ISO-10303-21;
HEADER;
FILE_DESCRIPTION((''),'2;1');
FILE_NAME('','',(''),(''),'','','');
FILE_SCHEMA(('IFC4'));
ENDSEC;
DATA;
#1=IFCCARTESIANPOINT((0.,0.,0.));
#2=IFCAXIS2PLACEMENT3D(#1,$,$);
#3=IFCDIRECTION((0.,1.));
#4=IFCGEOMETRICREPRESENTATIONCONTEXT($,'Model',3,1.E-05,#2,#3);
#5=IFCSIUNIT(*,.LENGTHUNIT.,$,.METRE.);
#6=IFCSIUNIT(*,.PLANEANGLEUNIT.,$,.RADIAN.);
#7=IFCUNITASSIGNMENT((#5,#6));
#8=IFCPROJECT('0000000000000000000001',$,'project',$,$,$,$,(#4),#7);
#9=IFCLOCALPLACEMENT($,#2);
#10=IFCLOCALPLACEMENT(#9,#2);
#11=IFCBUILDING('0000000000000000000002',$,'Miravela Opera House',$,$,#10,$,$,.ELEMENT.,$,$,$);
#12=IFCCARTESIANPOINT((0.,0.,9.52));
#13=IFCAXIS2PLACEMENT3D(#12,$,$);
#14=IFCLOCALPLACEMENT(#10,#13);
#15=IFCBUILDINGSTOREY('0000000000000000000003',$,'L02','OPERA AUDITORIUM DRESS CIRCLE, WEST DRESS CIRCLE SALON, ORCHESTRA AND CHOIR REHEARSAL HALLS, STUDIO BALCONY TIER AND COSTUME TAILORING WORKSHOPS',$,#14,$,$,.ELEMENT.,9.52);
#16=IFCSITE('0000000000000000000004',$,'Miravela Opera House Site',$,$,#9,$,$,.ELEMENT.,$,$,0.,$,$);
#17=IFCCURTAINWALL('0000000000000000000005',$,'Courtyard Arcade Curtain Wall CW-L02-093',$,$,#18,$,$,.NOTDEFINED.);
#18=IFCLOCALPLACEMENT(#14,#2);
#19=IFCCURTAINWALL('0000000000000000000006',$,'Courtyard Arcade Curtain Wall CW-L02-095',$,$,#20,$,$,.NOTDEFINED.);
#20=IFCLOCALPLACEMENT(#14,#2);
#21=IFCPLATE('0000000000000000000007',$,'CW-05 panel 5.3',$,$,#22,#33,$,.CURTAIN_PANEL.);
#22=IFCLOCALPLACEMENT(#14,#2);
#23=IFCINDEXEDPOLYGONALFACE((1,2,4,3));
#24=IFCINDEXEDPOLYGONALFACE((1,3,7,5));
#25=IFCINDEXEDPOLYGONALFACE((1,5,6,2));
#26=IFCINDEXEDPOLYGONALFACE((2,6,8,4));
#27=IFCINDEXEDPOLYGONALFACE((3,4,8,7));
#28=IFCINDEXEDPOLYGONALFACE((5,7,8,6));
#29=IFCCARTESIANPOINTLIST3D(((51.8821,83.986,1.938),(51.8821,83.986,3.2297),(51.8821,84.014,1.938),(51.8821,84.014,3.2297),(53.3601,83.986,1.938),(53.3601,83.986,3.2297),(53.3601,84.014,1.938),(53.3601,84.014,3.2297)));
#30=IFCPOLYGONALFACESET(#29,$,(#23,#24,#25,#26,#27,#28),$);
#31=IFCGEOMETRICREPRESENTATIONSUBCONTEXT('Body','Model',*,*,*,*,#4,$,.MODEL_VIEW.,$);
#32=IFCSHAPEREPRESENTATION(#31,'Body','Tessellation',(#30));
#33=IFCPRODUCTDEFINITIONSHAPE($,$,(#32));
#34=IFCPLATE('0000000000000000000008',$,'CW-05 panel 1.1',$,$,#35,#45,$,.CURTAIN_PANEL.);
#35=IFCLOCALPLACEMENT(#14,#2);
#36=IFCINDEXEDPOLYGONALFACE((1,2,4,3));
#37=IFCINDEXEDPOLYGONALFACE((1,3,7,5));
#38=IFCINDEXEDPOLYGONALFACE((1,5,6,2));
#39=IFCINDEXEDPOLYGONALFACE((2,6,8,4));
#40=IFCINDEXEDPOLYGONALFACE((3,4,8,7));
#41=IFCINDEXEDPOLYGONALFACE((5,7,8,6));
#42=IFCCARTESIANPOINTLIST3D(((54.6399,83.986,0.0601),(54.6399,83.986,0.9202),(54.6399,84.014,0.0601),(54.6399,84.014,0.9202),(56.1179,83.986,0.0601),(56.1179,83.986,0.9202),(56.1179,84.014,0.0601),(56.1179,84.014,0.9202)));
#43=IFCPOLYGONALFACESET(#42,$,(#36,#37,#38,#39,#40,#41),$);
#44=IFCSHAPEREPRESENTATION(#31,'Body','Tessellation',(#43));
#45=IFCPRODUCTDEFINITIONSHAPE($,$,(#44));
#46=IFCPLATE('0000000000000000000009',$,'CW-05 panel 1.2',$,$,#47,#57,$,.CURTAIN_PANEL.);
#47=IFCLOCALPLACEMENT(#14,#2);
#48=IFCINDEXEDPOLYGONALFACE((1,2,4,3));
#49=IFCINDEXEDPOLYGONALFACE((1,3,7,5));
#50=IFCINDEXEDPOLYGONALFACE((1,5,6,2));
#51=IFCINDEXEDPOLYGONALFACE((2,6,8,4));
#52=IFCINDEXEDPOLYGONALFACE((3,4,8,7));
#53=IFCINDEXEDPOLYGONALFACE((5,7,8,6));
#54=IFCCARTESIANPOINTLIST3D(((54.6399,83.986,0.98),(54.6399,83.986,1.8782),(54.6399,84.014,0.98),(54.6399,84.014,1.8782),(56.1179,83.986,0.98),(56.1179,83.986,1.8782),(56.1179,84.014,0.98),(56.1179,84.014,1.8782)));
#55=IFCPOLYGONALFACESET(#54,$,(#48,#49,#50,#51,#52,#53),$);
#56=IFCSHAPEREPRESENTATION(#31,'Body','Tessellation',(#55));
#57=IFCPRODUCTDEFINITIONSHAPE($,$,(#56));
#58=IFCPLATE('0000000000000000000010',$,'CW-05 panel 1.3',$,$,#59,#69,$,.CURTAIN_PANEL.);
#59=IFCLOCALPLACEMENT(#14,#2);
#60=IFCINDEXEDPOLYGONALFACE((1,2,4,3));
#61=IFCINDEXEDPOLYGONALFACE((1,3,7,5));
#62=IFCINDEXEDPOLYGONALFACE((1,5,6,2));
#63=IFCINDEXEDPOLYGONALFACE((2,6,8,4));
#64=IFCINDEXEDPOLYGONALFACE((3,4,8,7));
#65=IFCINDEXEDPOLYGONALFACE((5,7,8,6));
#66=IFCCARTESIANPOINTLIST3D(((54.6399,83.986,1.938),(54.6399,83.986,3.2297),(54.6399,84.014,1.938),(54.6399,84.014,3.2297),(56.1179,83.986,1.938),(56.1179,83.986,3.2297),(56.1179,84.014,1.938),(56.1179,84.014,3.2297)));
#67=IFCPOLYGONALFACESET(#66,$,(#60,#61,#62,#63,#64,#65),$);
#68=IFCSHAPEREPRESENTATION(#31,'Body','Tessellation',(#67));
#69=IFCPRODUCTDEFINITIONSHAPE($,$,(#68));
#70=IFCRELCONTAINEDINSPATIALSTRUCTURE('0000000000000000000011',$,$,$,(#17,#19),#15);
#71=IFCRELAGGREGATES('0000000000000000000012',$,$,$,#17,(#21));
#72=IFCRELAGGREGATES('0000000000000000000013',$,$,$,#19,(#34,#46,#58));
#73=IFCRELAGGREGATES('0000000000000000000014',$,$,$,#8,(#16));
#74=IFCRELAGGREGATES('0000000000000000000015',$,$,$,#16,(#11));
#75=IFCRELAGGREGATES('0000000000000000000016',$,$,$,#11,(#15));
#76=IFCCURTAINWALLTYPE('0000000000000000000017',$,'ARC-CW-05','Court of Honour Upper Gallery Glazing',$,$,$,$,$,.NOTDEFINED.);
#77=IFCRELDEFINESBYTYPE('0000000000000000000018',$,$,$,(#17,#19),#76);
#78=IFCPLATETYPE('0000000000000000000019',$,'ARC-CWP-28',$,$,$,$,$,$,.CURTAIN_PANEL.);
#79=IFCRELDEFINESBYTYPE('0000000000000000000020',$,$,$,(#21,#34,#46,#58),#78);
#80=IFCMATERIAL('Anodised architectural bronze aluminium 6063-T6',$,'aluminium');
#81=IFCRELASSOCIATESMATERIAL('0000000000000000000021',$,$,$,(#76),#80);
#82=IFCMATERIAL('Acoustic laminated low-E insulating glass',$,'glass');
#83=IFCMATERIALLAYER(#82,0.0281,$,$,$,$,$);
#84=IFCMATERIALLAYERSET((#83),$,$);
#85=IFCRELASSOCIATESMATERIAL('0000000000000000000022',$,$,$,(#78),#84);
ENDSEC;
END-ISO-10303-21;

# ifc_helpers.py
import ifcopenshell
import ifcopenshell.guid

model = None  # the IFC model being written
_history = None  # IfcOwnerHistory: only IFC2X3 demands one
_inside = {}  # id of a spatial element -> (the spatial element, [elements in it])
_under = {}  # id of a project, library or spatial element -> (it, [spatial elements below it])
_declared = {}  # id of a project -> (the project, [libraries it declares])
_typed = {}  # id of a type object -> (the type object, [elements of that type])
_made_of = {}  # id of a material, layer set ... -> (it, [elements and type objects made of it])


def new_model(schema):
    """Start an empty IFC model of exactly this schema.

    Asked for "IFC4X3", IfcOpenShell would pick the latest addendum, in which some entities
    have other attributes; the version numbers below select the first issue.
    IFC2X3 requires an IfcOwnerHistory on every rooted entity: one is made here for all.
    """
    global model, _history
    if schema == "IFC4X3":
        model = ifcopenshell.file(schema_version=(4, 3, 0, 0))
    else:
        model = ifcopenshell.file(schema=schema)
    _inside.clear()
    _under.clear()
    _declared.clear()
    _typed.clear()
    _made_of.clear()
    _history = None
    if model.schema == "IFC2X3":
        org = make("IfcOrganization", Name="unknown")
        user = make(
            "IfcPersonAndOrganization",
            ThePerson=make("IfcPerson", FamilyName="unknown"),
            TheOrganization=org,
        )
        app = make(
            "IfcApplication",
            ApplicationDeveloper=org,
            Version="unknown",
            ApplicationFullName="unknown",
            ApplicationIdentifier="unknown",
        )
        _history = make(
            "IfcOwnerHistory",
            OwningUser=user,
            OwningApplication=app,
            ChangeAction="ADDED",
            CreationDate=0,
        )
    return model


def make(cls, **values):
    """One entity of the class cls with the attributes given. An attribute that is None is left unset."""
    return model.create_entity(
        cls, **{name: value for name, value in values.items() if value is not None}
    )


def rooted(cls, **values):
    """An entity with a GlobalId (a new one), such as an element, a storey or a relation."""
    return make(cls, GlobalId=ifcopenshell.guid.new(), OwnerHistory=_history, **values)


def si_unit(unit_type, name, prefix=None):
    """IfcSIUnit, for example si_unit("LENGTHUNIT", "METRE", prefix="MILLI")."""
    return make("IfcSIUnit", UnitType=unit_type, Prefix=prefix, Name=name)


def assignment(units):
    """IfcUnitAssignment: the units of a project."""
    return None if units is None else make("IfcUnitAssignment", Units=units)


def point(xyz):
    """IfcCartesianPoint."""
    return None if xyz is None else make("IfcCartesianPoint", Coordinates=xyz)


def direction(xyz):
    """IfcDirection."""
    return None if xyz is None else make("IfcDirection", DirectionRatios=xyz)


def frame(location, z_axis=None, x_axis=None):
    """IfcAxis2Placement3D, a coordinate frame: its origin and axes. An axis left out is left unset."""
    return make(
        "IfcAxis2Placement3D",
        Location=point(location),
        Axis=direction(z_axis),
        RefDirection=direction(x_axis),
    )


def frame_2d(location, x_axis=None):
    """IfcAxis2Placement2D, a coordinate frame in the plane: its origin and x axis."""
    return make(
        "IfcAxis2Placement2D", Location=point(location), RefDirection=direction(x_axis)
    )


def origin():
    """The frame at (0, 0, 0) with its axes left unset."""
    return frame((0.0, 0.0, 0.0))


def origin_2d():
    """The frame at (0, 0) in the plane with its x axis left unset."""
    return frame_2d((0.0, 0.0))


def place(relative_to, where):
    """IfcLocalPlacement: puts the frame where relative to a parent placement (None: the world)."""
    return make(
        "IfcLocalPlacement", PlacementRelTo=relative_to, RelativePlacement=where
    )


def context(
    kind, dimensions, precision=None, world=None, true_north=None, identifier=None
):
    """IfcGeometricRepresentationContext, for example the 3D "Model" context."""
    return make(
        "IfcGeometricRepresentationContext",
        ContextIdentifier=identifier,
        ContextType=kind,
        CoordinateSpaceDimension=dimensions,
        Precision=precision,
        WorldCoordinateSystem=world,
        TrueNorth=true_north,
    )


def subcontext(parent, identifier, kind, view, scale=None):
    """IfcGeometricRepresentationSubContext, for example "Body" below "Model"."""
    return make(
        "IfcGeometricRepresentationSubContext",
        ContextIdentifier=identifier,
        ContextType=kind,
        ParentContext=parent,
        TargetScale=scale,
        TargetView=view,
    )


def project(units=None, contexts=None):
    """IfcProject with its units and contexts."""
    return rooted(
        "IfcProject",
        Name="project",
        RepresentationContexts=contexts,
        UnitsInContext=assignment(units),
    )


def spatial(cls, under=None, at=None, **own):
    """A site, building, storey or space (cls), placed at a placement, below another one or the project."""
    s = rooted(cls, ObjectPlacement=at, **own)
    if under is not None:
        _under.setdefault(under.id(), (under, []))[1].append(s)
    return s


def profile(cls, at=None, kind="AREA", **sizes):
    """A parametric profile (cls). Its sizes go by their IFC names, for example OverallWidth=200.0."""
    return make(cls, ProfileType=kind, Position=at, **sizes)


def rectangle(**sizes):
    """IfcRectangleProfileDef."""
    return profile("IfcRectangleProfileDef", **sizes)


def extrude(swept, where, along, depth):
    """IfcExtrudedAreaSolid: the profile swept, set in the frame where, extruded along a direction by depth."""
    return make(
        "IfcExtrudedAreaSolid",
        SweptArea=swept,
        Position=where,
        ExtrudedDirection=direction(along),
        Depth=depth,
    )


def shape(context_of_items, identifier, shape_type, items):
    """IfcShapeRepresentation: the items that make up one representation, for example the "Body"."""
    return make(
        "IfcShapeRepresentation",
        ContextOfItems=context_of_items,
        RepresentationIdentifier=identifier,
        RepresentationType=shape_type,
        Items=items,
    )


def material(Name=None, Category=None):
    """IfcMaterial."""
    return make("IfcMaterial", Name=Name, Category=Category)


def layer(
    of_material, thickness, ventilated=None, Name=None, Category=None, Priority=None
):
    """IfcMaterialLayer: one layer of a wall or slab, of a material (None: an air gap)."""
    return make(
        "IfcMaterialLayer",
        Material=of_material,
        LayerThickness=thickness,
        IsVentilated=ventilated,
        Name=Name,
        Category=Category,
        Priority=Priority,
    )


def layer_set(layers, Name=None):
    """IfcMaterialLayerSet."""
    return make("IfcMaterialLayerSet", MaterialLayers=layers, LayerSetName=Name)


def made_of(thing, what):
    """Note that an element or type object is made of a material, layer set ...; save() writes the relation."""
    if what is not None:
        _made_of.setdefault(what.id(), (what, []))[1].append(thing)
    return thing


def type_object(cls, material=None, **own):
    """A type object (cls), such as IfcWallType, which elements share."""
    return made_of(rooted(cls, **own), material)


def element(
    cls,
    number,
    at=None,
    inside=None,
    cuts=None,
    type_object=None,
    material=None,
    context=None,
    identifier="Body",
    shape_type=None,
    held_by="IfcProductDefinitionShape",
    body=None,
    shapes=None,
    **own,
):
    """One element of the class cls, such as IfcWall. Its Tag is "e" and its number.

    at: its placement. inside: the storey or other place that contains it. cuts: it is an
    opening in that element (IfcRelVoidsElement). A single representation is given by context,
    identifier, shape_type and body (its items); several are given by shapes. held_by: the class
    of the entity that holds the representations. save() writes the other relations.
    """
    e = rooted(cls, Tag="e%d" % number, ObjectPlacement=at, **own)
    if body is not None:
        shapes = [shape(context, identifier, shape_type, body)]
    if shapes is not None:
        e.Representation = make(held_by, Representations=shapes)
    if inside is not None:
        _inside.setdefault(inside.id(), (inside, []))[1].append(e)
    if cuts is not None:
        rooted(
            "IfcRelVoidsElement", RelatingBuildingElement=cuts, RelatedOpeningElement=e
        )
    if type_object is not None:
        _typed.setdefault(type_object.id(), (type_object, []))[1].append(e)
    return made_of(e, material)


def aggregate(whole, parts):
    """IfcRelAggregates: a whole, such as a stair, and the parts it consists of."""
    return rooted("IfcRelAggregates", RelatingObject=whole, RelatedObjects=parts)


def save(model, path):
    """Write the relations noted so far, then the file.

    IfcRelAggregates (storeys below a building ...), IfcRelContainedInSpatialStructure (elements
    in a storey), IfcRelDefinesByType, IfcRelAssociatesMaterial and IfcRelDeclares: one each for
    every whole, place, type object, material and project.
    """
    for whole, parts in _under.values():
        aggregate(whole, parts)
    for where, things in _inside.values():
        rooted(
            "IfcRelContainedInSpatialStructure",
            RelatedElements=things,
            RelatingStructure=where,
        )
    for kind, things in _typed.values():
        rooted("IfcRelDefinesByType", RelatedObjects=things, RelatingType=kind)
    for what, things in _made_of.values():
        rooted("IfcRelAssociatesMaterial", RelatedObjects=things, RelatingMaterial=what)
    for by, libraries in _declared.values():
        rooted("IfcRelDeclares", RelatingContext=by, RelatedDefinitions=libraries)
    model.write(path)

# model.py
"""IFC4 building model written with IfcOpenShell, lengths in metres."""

from ifc_helpers import new_model, si_unit, direction, frame, origin, origin_2d, place, context, subcontext, project, spatial, rectangle, extrude, material, layer, layer_set, type_object, element, aggregate, save


model = new_model("IFC4")

# Units and contexts
model_context = context("Model", 3, precision=1e-05, world=origin(), true_north=direction((0.0, 1.0)))
body_context = subcontext(model_context, "Body", "Model", "MODEL_VIEW")
ifc_project = project(units=[si_unit("LENGTHUNIT", "METRE"), si_unit("PLANEANGLEUNIT", "RADIAN")], contexts=[model_context])

# Site, building, storey
site_placement = place(None, origin())
site = spatial("IfcSite", under=ifc_project, at=site_placement, Name="Miravela Opera House Site", CompositionType="ELEMENT", RefElevation=0.0)
building_placement = place(site_placement, origin())
building = spatial("IfcBuilding", under=site, at=building_placement, Name="Miravela Opera House", CompositionType="ELEMENT")
storey_placement = place(building_placement, frame((0.0, 0.0, 9.52)))
storey = spatial("IfcBuildingStorey", under=building, at=storey_placement, Name="L02", Description="OPERA AUDITORIUM DRESS CIRCLE, WEST DRESS CIRCLE SALON, ORCHESTRA AND CHOIR REHEARSAL HALLS, STUDIO BALCONY TIER AND COSTUME TAILORING WORKSHOPS", CompositionType="ELEMENT", Elevation=9.52)

# Curtain wall
ifc_material_1 = material(Name="Anodised architectural bronze aluminium 6063-T6", Category="aluminium")
curtain_wall_type = type_object("IfcCurtainWallType", Name="ARC-CW-05", Description="Court of Honour Upper Gallery Glazing", PredefinedType="NOTDEFINED", material=ifc_material_1)
curtain_wall_1_placement = place(storey_placement, origin())
curtain_wall_1 = element("IfcCurtainWall", 1, at=curtain_wall_1_placement, inside=storey, type_object=curtain_wall_type, Name="Courtyard Arcade Curtain Wall CW-L02-093", PredefinedType="NOTDEFINED")

# Curtain wall
curtain_wall_2_placement = place(storey_placement, origin())
curtain_wall_2 = element("IfcCurtainWall", 2, at=curtain_wall_2_placement, inside=storey, type_object=curtain_wall_type, Name="Courtyard Arcade Curtain Wall CW-L02-095", PredefinedType="NOTDEFINED")

# Plates
ifc_material_2 = material(Name="Acoustic laminated low-E insulating glass", Category="glass")
ifc_layer = layer(ifc_material_2, 0.0281)
ifc_layer_set = layer_set([ifc_layer])
plate_type = type_object("IfcPlateType", Name="ARC-CWP-28", PredefinedType="CURTAIN_PANEL", material=ifc_layer_set)
plate_1_placement = place(storey_placement, frame((52.6211, 84.0, 1.938), z_axis=(0.0, 0.0, 1.0), x_axis=(1.0, 0.0, 0.0)))
plate_1 = element("IfcPlate", 3, at=plate_1_placement, type_object=plate_type, Name="CW-05 panel 5.3", PredefinedType="CURTAIN_PANEL", context=body_context, shape_type="SweptSolid", body=[
    extrude(rectangle(XDim=1.478, YDim=0.0281, at=origin_2d()), origin(), (0.0, 0.0, 1.0), 1.2917),
])
aggregate(curtain_wall_1, [plate_1])
plate_2_placement = place(storey_placement, frame((55.3789, 84.0, 0.0601), z_axis=(0.0, 0.0, 1.0), x_axis=(1.0, 0.0, 0.0)))
plate_2 = element("IfcPlate", 4, at=plate_2_placement, type_object=plate_type, Name="CW-05 panel 1.1", PredefinedType="CURTAIN_PANEL", context=body_context, shape_type="SweptSolid", body=[
    extrude(rectangle(XDim=1.478, YDim=0.0281, at=origin_2d()), origin(), (0.0, 0.0, 1.0), 0.8601),
])
plate_3_placement = place(storey_placement, frame((55.3789, 84.0, 0.98), z_axis=(0.0, 0.0, 1.0), x_axis=(1.0, 0.0, 0.0)))
plate_3 = element("IfcPlate", 5, at=plate_3_placement, type_object=plate_type, Name="CW-05 panel 1.2", PredefinedType="CURTAIN_PANEL", context=body_context, shape_type="SweptSolid", body=[
    extrude(rectangle(XDim=1.478, YDim=0.0281, at=origin_2d()), origin(), (0.0, 0.0, 1.0), 0.8982),
])
plate_4_placement = place(storey_placement, frame((55.3789, 84.0, 1.938), z_axis=(0.0, 0.0, 1.0), x_axis=(1.0, 0.0, 0.0)))
plate_4 = element("IfcPlate", 6, at=plate_4_placement, type_object=plate_type, Name="CW-05 panel 1.3", PredefinedType="CURTAIN_PANEL", context=body_context, shape_type="SweptSolid", body=[
    extrude(rectangle(XDim=1.478, YDim=0.0281, at=origin_2d()), origin(), (0.0, 0.0, 1.0), 1.2917),
])
aggregate(curtain_wall_2, [plate_2, plate_3, plate_4])

save(model, "model.ifc")
